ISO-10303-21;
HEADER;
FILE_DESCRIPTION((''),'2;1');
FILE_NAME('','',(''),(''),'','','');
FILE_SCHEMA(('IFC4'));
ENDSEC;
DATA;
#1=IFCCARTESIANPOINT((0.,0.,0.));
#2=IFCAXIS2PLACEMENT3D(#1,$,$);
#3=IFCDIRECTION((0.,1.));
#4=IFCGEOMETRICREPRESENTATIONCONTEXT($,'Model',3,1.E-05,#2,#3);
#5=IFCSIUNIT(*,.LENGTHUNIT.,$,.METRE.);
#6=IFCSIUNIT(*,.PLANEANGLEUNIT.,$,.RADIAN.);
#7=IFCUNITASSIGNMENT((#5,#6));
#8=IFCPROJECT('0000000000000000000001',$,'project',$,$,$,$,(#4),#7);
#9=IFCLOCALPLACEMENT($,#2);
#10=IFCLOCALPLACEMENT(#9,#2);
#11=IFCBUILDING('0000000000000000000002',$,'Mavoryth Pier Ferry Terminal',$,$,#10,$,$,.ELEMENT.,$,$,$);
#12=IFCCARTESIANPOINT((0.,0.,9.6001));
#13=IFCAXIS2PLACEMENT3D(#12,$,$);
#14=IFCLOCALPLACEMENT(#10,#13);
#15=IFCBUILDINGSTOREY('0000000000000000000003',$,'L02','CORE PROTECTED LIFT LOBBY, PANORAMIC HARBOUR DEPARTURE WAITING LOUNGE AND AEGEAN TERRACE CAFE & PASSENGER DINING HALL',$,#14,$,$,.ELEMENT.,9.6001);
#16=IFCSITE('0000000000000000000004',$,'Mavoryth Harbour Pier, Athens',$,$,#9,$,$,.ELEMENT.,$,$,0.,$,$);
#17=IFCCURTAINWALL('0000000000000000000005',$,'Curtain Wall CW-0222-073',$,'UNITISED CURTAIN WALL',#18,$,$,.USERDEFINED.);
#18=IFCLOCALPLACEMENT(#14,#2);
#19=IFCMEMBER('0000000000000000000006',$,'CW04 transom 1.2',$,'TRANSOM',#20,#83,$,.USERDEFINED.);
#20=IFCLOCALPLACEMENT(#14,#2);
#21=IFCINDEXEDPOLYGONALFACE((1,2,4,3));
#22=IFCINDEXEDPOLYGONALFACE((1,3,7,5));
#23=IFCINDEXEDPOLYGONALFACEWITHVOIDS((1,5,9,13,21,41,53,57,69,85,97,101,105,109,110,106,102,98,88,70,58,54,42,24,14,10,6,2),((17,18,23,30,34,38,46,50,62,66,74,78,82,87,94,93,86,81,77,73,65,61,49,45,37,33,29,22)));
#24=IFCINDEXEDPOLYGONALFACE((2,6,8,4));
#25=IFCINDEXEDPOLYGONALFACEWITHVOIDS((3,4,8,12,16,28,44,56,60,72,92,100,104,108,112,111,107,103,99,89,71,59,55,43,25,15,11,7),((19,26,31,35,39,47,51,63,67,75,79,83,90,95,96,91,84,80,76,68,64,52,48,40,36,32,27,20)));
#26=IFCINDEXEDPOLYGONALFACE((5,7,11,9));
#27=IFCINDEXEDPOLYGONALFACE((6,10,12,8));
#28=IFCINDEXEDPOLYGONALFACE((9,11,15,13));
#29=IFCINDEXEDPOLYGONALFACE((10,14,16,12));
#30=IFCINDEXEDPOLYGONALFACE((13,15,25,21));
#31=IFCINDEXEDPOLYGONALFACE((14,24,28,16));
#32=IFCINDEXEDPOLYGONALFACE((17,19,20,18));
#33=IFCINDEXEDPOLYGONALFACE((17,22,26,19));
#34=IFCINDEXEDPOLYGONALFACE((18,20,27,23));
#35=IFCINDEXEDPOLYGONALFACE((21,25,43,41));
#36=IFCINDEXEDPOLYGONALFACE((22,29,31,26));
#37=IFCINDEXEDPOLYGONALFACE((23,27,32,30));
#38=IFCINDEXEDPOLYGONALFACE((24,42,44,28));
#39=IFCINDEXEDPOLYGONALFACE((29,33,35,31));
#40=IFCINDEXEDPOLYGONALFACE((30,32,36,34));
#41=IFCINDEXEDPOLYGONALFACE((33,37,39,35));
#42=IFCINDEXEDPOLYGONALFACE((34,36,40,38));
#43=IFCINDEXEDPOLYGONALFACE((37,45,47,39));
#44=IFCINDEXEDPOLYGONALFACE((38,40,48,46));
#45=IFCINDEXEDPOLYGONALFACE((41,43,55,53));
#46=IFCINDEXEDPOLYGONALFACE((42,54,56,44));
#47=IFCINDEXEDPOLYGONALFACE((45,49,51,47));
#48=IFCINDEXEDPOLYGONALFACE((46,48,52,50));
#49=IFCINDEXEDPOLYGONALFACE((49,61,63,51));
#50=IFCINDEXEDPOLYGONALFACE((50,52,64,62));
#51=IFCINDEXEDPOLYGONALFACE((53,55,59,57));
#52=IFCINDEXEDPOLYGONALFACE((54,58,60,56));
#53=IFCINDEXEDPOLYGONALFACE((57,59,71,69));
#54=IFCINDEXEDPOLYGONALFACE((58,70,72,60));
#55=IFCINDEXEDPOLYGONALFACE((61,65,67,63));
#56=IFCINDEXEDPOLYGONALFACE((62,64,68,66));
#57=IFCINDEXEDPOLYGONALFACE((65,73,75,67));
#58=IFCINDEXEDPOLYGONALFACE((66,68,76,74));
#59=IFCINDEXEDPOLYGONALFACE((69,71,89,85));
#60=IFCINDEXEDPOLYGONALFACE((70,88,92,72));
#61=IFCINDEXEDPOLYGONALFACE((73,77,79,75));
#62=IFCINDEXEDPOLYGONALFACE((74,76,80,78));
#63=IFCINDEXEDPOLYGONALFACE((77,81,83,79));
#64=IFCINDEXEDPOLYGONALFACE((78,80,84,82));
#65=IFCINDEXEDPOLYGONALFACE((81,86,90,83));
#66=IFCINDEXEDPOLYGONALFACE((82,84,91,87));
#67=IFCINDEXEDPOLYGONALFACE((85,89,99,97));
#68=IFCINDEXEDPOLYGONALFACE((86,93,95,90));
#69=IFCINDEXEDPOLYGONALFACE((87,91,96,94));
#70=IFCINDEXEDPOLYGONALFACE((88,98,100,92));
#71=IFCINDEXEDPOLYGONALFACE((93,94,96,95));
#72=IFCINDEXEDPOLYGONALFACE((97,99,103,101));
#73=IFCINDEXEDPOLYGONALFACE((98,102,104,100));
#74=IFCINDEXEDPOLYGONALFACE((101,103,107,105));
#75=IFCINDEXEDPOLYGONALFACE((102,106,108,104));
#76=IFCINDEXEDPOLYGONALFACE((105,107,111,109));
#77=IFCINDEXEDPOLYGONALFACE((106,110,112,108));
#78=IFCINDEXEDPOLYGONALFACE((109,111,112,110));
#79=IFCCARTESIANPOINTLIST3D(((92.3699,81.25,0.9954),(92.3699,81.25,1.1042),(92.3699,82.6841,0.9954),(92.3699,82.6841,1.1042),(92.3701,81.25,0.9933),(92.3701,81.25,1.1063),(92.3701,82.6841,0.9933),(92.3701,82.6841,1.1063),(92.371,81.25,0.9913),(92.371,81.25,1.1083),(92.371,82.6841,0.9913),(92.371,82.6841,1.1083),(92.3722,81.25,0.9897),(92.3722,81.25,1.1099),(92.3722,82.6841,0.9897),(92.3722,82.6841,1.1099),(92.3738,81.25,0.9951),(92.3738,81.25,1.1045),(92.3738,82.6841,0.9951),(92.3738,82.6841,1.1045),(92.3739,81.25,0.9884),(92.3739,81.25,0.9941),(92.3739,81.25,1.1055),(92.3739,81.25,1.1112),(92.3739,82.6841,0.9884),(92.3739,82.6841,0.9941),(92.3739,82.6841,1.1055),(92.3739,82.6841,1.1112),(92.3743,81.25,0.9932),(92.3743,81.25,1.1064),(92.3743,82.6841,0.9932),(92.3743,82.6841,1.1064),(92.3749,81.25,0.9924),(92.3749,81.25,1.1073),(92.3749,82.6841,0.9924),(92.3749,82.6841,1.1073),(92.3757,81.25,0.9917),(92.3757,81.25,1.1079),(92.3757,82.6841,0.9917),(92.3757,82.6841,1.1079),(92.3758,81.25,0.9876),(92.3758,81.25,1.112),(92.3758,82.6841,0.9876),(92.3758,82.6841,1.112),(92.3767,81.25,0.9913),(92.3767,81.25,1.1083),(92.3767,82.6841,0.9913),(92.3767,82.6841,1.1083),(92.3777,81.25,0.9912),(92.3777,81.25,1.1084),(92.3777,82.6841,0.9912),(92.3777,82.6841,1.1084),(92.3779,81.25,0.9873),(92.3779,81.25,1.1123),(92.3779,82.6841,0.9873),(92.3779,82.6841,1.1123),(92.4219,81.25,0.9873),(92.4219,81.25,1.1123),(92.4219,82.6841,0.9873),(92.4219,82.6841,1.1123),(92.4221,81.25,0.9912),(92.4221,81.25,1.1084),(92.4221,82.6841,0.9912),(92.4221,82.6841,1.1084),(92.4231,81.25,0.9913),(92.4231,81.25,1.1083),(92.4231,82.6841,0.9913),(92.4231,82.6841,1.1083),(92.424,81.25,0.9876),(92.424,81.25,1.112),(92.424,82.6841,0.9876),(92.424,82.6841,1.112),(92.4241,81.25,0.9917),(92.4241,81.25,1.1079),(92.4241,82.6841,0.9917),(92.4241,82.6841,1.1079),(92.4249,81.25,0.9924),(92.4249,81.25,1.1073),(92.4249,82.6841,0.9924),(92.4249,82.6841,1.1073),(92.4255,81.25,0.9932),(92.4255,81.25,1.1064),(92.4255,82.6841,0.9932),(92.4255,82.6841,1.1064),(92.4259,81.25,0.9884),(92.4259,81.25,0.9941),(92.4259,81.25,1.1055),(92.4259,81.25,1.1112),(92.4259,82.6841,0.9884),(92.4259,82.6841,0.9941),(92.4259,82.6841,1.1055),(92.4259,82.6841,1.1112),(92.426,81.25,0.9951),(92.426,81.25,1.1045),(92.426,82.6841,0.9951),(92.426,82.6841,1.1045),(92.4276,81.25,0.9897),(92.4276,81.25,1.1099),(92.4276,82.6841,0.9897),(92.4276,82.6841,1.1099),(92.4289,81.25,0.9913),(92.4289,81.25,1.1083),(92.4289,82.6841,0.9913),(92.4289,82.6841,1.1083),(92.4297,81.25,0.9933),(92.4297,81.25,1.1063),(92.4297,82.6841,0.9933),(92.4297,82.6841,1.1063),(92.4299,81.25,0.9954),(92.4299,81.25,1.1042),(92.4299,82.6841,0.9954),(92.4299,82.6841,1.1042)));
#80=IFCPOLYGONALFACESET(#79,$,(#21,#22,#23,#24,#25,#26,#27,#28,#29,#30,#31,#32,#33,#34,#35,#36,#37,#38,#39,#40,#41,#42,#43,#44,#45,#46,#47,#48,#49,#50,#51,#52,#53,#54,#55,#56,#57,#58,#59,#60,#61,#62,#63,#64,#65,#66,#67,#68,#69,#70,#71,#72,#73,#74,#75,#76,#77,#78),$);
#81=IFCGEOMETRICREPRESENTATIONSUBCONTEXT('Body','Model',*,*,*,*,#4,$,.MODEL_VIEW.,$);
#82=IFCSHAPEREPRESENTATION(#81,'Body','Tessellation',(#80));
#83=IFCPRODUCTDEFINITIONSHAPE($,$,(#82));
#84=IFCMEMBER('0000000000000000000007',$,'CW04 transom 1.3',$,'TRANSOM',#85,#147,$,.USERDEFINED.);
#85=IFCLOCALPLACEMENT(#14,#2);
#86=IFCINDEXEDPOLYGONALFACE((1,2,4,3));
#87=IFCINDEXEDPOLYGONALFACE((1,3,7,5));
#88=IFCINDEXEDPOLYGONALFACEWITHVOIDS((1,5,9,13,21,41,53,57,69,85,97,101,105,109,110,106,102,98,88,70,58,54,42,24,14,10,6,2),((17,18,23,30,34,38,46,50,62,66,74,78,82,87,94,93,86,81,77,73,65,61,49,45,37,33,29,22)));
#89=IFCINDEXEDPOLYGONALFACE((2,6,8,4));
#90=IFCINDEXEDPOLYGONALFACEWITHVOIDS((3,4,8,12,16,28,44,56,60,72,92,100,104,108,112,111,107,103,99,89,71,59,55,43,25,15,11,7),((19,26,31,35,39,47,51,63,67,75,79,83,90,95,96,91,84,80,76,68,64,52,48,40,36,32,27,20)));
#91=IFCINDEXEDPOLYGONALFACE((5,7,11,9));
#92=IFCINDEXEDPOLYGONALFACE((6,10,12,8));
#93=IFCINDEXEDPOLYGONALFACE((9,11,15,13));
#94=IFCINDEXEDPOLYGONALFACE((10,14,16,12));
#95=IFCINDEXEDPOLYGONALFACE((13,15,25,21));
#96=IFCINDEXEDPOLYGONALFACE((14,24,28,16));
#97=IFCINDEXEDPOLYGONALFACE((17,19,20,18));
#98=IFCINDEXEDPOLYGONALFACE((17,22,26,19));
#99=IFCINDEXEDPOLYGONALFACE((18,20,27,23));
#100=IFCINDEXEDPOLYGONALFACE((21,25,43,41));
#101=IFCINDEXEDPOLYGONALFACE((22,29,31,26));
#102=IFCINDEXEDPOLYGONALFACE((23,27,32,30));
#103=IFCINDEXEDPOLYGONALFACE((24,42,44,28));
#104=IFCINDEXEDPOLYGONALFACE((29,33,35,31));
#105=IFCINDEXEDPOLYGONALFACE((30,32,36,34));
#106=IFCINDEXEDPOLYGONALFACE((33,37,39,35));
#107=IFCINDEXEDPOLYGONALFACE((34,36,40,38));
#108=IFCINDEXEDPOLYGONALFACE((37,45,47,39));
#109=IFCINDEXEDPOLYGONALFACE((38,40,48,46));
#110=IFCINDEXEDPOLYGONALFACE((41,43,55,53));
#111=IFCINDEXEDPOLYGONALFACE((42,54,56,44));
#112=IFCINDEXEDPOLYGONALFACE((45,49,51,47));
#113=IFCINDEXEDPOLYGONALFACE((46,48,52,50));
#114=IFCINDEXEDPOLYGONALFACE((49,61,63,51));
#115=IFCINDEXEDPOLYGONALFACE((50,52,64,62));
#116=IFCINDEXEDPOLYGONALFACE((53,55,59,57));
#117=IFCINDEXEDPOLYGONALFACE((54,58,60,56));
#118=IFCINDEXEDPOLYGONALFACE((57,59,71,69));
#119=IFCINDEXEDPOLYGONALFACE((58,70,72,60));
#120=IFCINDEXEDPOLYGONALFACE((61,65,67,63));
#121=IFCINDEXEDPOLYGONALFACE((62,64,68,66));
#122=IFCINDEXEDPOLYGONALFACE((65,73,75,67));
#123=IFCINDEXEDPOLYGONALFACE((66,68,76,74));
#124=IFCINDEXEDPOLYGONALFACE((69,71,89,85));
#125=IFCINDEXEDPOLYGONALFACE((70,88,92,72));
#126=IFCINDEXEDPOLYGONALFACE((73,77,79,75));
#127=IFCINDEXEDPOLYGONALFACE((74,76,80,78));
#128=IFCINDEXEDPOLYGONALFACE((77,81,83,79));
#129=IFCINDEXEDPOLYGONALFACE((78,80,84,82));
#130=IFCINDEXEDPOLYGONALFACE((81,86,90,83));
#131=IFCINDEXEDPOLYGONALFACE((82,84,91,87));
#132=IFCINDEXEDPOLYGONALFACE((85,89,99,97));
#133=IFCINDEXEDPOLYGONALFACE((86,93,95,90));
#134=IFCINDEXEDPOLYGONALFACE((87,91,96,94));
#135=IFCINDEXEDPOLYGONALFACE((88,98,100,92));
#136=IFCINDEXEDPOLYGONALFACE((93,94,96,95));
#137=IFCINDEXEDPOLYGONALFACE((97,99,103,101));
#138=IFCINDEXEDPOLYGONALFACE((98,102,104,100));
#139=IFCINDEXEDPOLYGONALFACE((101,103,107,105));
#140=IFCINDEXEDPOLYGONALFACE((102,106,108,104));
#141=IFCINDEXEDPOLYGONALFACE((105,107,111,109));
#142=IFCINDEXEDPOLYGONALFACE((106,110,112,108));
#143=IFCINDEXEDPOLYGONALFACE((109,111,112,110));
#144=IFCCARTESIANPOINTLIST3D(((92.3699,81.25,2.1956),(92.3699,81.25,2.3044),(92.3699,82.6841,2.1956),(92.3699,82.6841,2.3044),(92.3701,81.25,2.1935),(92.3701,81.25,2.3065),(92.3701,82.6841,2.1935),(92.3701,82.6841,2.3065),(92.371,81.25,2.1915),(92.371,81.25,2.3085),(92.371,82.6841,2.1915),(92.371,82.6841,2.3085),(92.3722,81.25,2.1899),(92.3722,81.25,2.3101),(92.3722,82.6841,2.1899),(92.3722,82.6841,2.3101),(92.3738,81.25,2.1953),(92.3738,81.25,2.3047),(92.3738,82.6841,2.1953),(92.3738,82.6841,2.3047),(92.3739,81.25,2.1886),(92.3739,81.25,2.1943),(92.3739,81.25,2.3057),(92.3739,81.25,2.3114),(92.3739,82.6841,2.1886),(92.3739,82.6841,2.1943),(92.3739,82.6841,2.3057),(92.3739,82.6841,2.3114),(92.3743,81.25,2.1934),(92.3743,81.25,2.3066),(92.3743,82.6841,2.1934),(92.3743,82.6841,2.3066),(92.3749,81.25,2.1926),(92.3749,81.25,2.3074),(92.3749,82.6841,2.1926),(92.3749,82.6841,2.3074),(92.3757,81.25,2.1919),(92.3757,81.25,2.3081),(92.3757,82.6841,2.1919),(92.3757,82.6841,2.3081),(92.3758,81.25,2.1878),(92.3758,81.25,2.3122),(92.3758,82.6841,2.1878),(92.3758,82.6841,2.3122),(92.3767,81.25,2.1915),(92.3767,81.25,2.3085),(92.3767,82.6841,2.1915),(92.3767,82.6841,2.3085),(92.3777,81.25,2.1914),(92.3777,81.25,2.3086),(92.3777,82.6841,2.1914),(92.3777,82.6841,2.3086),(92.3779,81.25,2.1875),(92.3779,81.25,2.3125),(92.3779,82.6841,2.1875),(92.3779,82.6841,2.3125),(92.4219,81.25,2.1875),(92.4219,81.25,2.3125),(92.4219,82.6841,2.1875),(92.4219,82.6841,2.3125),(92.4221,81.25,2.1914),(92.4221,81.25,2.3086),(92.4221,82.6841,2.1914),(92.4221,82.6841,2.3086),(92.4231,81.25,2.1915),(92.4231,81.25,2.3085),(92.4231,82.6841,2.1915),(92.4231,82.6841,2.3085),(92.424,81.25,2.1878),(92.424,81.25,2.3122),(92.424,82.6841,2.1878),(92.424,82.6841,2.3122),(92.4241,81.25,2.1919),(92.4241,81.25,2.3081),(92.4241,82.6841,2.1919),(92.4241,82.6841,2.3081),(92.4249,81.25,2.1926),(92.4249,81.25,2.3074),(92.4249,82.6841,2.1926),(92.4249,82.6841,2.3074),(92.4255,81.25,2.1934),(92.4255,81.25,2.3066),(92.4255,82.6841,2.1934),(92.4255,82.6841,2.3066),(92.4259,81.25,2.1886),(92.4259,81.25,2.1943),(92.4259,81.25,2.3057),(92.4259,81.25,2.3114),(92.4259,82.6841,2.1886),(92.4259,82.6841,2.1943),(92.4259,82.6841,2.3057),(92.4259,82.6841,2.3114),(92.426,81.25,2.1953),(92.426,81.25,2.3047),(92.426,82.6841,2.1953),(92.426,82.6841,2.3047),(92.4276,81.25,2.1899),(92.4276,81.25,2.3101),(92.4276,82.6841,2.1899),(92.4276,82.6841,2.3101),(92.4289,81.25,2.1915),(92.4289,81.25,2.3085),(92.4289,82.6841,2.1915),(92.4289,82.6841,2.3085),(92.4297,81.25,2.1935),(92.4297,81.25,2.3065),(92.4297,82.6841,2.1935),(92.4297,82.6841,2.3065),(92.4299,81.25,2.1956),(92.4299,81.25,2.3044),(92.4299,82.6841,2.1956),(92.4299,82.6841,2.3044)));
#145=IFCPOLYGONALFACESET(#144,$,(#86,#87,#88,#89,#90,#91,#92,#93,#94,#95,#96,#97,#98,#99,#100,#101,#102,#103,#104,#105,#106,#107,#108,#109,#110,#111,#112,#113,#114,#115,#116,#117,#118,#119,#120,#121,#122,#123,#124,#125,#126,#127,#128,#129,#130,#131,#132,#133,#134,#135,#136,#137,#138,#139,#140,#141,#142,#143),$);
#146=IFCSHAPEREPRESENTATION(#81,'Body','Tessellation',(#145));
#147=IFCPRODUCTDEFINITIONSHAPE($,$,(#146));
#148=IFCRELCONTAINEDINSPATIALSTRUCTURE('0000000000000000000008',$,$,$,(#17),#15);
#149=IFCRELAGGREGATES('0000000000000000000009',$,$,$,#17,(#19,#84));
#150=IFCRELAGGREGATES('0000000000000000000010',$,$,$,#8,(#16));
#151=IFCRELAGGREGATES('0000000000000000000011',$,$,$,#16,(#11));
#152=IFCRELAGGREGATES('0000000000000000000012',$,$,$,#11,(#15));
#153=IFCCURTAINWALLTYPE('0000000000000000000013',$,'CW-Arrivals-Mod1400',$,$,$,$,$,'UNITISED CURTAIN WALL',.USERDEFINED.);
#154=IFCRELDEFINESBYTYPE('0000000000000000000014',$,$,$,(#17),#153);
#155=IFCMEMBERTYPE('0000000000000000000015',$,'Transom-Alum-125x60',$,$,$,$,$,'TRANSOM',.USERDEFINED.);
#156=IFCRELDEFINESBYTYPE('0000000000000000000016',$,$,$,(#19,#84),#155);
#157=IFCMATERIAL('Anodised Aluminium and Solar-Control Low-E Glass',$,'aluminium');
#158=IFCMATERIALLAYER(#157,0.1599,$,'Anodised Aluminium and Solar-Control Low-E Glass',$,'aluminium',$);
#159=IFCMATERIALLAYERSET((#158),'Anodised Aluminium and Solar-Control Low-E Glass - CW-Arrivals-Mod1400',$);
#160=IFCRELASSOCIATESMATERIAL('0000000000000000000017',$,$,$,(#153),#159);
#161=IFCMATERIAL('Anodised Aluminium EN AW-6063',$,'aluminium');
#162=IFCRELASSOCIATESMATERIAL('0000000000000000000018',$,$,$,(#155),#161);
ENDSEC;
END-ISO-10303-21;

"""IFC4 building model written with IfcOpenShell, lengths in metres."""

from ifc_helpers import new_model, si_unit, direction, frame, origin, origin_2d, place, context, subcontext, project, spatial, hollow_rectangle, extrude, material, layer, layer_set, material_profile, profile_set, type_object, element, aggregate, save


model = new_model("IFC4")

# Units and contexts
model_context = context("Model", 3, precision=1e-05, world=origin(), true_north=direction((0.0, 1.0)))
body_context = subcontext(model_context, "Body", "Model", "MODEL_VIEW")
ifc_project = project(units=[si_unit("LENGTHUNIT", "METRE"), si_unit("PLANEANGLEUNIT", "RADIAN")], contexts=[model_context])

# Site, building, storey
site_placement = place(None, origin())
site = spatial("IfcSite", under=ifc_project, at=site_placement, Name="Mavoryth Harbour Pier, Athens", CompositionType="ELEMENT", RefElevation=0.0)
building_placement = place(site_placement, origin())
building = spatial("IfcBuilding", under=site, at=building_placement, Name="Mavoryth Pier Ferry Terminal", CompositionType="ELEMENT")
storey_placement = place(building_placement, frame((0.0, 0.0, 9.6001)))
storey = spatial("IfcBuildingStorey", under=building, at=storey_placement, Name="L02", Description="CORE PROTECTED LIFT LOBBY, PANORAMIC HARBOUR DEPARTURE WAITING LOUNGE AND AEGEAN TERRACE CAFE & PASSENGER DINING HALL", CompositionType="ELEMENT", Elevation=9.6001)

# Curtain wall
ifc_material_1 = material(Name="Anodised Aluminium and Solar-Control Low-E Glass", Category="aluminium")
ifc_layer_1 = layer(ifc_material_1, 0.1599, Name="Anodised Aluminium and Solar-Control Low-E Glass", Category="aluminium")
ifc_layer_set_1 = layer_set([ifc_layer_1], Name="Anodised Aluminium and Solar-Control Low-E Glass - CW-Arrivals-Mod1400")
curtain_wall_type = type_object("IfcCurtainWallType", Name="CW-Arrivals-Mod1400", ElementType="UNITISED CURTAIN WALL", PredefinedType="USERDEFINED", material=ifc_layer_set_1)
ifc_material_2 = material(Name="Anodised Aluminium EN AW-6063", Category="aluminium")
curtain_wall_1_placement = place(storey_placement, origin())
curtain_wall_1 = element("IfcCurtainWall", 1, at=curtain_wall_1_placement, inside=storey, type_object=curtain_wall_type, Name="Curtain Wall CW-0222-073", ObjectType="UNITISED CURTAIN WALL", PredefinedType="USERDEFINED")

# Members
ifc_material_profile_1 = material_profile(ifc_material_2, hollow_rectangle(XDim=0.0601, YDim=0.125, WallThickness=0.0039, InnerFilletRadius=0.0039, OuterFilletRadius=0.0081, at=origin_2d()), Name="AL-TRAN 125x60x4", Category="aluminium")
ifc_profile_set_1 = profile_set([ifc_material_profile_1], Name="Anodised Aluminium EN AW-6063 - AL-TRAN 125x60x4")
member_type_1 = type_object("IfcMemberType", Name="Transom-Alum-125x60", ElementType="TRANSOM", PredefinedType="USERDEFINED", material=ifc_profile_set_1)
member_1_placement = place(storey_placement, frame((92.3999, 81.25, 1.0498), z_axis=(0.0, 1.0, 0.0), x_axis=(-1.0, 0.0, 0.0)))
member_1 = element("IfcMember", 2, at=member_1_placement, type_object=member_type_1, Name="CW04 transom 1.2", ObjectType="TRANSOM", PredefinedType="USERDEFINED", context=body_context, shape_type="SweptSolid", body=[
    extrude(hollow_rectangle(XDim=0.0601, YDim=0.125, WallThickness=0.0039, InnerFilletRadius=0.0039, OuterFilletRadius=0.0081, at=origin_2d()), origin(), (0.0, 0.0, 1.0), 1.4341),
])
member_2_placement = place(storey_placement, frame((92.3999, 81.25, 2.25), z_axis=(0.0, 1.0, 0.0), x_axis=(-1.0, 0.0, 0.0)))
member_2 = element("IfcMember", 3, at=member_2_placement, type_object=member_type_1, Name="CW04 transom 1.3", ObjectType="TRANSOM", PredefinedType="USERDEFINED", context=body_context, shape_type="SweptSolid", body=[
    extrude(hollow_rectangle(XDim=0.0601, YDim=0.125, WallThickness=0.0039, InnerFilletRadius=0.0039, OuterFilletRadius=0.0081, at=origin_2d()), origin(), (0.0, 0.0, 1.0), 1.4341),
])

aggregate(curtain_wall_1, [member_1, member_2])

save(model, "model.ifc")
